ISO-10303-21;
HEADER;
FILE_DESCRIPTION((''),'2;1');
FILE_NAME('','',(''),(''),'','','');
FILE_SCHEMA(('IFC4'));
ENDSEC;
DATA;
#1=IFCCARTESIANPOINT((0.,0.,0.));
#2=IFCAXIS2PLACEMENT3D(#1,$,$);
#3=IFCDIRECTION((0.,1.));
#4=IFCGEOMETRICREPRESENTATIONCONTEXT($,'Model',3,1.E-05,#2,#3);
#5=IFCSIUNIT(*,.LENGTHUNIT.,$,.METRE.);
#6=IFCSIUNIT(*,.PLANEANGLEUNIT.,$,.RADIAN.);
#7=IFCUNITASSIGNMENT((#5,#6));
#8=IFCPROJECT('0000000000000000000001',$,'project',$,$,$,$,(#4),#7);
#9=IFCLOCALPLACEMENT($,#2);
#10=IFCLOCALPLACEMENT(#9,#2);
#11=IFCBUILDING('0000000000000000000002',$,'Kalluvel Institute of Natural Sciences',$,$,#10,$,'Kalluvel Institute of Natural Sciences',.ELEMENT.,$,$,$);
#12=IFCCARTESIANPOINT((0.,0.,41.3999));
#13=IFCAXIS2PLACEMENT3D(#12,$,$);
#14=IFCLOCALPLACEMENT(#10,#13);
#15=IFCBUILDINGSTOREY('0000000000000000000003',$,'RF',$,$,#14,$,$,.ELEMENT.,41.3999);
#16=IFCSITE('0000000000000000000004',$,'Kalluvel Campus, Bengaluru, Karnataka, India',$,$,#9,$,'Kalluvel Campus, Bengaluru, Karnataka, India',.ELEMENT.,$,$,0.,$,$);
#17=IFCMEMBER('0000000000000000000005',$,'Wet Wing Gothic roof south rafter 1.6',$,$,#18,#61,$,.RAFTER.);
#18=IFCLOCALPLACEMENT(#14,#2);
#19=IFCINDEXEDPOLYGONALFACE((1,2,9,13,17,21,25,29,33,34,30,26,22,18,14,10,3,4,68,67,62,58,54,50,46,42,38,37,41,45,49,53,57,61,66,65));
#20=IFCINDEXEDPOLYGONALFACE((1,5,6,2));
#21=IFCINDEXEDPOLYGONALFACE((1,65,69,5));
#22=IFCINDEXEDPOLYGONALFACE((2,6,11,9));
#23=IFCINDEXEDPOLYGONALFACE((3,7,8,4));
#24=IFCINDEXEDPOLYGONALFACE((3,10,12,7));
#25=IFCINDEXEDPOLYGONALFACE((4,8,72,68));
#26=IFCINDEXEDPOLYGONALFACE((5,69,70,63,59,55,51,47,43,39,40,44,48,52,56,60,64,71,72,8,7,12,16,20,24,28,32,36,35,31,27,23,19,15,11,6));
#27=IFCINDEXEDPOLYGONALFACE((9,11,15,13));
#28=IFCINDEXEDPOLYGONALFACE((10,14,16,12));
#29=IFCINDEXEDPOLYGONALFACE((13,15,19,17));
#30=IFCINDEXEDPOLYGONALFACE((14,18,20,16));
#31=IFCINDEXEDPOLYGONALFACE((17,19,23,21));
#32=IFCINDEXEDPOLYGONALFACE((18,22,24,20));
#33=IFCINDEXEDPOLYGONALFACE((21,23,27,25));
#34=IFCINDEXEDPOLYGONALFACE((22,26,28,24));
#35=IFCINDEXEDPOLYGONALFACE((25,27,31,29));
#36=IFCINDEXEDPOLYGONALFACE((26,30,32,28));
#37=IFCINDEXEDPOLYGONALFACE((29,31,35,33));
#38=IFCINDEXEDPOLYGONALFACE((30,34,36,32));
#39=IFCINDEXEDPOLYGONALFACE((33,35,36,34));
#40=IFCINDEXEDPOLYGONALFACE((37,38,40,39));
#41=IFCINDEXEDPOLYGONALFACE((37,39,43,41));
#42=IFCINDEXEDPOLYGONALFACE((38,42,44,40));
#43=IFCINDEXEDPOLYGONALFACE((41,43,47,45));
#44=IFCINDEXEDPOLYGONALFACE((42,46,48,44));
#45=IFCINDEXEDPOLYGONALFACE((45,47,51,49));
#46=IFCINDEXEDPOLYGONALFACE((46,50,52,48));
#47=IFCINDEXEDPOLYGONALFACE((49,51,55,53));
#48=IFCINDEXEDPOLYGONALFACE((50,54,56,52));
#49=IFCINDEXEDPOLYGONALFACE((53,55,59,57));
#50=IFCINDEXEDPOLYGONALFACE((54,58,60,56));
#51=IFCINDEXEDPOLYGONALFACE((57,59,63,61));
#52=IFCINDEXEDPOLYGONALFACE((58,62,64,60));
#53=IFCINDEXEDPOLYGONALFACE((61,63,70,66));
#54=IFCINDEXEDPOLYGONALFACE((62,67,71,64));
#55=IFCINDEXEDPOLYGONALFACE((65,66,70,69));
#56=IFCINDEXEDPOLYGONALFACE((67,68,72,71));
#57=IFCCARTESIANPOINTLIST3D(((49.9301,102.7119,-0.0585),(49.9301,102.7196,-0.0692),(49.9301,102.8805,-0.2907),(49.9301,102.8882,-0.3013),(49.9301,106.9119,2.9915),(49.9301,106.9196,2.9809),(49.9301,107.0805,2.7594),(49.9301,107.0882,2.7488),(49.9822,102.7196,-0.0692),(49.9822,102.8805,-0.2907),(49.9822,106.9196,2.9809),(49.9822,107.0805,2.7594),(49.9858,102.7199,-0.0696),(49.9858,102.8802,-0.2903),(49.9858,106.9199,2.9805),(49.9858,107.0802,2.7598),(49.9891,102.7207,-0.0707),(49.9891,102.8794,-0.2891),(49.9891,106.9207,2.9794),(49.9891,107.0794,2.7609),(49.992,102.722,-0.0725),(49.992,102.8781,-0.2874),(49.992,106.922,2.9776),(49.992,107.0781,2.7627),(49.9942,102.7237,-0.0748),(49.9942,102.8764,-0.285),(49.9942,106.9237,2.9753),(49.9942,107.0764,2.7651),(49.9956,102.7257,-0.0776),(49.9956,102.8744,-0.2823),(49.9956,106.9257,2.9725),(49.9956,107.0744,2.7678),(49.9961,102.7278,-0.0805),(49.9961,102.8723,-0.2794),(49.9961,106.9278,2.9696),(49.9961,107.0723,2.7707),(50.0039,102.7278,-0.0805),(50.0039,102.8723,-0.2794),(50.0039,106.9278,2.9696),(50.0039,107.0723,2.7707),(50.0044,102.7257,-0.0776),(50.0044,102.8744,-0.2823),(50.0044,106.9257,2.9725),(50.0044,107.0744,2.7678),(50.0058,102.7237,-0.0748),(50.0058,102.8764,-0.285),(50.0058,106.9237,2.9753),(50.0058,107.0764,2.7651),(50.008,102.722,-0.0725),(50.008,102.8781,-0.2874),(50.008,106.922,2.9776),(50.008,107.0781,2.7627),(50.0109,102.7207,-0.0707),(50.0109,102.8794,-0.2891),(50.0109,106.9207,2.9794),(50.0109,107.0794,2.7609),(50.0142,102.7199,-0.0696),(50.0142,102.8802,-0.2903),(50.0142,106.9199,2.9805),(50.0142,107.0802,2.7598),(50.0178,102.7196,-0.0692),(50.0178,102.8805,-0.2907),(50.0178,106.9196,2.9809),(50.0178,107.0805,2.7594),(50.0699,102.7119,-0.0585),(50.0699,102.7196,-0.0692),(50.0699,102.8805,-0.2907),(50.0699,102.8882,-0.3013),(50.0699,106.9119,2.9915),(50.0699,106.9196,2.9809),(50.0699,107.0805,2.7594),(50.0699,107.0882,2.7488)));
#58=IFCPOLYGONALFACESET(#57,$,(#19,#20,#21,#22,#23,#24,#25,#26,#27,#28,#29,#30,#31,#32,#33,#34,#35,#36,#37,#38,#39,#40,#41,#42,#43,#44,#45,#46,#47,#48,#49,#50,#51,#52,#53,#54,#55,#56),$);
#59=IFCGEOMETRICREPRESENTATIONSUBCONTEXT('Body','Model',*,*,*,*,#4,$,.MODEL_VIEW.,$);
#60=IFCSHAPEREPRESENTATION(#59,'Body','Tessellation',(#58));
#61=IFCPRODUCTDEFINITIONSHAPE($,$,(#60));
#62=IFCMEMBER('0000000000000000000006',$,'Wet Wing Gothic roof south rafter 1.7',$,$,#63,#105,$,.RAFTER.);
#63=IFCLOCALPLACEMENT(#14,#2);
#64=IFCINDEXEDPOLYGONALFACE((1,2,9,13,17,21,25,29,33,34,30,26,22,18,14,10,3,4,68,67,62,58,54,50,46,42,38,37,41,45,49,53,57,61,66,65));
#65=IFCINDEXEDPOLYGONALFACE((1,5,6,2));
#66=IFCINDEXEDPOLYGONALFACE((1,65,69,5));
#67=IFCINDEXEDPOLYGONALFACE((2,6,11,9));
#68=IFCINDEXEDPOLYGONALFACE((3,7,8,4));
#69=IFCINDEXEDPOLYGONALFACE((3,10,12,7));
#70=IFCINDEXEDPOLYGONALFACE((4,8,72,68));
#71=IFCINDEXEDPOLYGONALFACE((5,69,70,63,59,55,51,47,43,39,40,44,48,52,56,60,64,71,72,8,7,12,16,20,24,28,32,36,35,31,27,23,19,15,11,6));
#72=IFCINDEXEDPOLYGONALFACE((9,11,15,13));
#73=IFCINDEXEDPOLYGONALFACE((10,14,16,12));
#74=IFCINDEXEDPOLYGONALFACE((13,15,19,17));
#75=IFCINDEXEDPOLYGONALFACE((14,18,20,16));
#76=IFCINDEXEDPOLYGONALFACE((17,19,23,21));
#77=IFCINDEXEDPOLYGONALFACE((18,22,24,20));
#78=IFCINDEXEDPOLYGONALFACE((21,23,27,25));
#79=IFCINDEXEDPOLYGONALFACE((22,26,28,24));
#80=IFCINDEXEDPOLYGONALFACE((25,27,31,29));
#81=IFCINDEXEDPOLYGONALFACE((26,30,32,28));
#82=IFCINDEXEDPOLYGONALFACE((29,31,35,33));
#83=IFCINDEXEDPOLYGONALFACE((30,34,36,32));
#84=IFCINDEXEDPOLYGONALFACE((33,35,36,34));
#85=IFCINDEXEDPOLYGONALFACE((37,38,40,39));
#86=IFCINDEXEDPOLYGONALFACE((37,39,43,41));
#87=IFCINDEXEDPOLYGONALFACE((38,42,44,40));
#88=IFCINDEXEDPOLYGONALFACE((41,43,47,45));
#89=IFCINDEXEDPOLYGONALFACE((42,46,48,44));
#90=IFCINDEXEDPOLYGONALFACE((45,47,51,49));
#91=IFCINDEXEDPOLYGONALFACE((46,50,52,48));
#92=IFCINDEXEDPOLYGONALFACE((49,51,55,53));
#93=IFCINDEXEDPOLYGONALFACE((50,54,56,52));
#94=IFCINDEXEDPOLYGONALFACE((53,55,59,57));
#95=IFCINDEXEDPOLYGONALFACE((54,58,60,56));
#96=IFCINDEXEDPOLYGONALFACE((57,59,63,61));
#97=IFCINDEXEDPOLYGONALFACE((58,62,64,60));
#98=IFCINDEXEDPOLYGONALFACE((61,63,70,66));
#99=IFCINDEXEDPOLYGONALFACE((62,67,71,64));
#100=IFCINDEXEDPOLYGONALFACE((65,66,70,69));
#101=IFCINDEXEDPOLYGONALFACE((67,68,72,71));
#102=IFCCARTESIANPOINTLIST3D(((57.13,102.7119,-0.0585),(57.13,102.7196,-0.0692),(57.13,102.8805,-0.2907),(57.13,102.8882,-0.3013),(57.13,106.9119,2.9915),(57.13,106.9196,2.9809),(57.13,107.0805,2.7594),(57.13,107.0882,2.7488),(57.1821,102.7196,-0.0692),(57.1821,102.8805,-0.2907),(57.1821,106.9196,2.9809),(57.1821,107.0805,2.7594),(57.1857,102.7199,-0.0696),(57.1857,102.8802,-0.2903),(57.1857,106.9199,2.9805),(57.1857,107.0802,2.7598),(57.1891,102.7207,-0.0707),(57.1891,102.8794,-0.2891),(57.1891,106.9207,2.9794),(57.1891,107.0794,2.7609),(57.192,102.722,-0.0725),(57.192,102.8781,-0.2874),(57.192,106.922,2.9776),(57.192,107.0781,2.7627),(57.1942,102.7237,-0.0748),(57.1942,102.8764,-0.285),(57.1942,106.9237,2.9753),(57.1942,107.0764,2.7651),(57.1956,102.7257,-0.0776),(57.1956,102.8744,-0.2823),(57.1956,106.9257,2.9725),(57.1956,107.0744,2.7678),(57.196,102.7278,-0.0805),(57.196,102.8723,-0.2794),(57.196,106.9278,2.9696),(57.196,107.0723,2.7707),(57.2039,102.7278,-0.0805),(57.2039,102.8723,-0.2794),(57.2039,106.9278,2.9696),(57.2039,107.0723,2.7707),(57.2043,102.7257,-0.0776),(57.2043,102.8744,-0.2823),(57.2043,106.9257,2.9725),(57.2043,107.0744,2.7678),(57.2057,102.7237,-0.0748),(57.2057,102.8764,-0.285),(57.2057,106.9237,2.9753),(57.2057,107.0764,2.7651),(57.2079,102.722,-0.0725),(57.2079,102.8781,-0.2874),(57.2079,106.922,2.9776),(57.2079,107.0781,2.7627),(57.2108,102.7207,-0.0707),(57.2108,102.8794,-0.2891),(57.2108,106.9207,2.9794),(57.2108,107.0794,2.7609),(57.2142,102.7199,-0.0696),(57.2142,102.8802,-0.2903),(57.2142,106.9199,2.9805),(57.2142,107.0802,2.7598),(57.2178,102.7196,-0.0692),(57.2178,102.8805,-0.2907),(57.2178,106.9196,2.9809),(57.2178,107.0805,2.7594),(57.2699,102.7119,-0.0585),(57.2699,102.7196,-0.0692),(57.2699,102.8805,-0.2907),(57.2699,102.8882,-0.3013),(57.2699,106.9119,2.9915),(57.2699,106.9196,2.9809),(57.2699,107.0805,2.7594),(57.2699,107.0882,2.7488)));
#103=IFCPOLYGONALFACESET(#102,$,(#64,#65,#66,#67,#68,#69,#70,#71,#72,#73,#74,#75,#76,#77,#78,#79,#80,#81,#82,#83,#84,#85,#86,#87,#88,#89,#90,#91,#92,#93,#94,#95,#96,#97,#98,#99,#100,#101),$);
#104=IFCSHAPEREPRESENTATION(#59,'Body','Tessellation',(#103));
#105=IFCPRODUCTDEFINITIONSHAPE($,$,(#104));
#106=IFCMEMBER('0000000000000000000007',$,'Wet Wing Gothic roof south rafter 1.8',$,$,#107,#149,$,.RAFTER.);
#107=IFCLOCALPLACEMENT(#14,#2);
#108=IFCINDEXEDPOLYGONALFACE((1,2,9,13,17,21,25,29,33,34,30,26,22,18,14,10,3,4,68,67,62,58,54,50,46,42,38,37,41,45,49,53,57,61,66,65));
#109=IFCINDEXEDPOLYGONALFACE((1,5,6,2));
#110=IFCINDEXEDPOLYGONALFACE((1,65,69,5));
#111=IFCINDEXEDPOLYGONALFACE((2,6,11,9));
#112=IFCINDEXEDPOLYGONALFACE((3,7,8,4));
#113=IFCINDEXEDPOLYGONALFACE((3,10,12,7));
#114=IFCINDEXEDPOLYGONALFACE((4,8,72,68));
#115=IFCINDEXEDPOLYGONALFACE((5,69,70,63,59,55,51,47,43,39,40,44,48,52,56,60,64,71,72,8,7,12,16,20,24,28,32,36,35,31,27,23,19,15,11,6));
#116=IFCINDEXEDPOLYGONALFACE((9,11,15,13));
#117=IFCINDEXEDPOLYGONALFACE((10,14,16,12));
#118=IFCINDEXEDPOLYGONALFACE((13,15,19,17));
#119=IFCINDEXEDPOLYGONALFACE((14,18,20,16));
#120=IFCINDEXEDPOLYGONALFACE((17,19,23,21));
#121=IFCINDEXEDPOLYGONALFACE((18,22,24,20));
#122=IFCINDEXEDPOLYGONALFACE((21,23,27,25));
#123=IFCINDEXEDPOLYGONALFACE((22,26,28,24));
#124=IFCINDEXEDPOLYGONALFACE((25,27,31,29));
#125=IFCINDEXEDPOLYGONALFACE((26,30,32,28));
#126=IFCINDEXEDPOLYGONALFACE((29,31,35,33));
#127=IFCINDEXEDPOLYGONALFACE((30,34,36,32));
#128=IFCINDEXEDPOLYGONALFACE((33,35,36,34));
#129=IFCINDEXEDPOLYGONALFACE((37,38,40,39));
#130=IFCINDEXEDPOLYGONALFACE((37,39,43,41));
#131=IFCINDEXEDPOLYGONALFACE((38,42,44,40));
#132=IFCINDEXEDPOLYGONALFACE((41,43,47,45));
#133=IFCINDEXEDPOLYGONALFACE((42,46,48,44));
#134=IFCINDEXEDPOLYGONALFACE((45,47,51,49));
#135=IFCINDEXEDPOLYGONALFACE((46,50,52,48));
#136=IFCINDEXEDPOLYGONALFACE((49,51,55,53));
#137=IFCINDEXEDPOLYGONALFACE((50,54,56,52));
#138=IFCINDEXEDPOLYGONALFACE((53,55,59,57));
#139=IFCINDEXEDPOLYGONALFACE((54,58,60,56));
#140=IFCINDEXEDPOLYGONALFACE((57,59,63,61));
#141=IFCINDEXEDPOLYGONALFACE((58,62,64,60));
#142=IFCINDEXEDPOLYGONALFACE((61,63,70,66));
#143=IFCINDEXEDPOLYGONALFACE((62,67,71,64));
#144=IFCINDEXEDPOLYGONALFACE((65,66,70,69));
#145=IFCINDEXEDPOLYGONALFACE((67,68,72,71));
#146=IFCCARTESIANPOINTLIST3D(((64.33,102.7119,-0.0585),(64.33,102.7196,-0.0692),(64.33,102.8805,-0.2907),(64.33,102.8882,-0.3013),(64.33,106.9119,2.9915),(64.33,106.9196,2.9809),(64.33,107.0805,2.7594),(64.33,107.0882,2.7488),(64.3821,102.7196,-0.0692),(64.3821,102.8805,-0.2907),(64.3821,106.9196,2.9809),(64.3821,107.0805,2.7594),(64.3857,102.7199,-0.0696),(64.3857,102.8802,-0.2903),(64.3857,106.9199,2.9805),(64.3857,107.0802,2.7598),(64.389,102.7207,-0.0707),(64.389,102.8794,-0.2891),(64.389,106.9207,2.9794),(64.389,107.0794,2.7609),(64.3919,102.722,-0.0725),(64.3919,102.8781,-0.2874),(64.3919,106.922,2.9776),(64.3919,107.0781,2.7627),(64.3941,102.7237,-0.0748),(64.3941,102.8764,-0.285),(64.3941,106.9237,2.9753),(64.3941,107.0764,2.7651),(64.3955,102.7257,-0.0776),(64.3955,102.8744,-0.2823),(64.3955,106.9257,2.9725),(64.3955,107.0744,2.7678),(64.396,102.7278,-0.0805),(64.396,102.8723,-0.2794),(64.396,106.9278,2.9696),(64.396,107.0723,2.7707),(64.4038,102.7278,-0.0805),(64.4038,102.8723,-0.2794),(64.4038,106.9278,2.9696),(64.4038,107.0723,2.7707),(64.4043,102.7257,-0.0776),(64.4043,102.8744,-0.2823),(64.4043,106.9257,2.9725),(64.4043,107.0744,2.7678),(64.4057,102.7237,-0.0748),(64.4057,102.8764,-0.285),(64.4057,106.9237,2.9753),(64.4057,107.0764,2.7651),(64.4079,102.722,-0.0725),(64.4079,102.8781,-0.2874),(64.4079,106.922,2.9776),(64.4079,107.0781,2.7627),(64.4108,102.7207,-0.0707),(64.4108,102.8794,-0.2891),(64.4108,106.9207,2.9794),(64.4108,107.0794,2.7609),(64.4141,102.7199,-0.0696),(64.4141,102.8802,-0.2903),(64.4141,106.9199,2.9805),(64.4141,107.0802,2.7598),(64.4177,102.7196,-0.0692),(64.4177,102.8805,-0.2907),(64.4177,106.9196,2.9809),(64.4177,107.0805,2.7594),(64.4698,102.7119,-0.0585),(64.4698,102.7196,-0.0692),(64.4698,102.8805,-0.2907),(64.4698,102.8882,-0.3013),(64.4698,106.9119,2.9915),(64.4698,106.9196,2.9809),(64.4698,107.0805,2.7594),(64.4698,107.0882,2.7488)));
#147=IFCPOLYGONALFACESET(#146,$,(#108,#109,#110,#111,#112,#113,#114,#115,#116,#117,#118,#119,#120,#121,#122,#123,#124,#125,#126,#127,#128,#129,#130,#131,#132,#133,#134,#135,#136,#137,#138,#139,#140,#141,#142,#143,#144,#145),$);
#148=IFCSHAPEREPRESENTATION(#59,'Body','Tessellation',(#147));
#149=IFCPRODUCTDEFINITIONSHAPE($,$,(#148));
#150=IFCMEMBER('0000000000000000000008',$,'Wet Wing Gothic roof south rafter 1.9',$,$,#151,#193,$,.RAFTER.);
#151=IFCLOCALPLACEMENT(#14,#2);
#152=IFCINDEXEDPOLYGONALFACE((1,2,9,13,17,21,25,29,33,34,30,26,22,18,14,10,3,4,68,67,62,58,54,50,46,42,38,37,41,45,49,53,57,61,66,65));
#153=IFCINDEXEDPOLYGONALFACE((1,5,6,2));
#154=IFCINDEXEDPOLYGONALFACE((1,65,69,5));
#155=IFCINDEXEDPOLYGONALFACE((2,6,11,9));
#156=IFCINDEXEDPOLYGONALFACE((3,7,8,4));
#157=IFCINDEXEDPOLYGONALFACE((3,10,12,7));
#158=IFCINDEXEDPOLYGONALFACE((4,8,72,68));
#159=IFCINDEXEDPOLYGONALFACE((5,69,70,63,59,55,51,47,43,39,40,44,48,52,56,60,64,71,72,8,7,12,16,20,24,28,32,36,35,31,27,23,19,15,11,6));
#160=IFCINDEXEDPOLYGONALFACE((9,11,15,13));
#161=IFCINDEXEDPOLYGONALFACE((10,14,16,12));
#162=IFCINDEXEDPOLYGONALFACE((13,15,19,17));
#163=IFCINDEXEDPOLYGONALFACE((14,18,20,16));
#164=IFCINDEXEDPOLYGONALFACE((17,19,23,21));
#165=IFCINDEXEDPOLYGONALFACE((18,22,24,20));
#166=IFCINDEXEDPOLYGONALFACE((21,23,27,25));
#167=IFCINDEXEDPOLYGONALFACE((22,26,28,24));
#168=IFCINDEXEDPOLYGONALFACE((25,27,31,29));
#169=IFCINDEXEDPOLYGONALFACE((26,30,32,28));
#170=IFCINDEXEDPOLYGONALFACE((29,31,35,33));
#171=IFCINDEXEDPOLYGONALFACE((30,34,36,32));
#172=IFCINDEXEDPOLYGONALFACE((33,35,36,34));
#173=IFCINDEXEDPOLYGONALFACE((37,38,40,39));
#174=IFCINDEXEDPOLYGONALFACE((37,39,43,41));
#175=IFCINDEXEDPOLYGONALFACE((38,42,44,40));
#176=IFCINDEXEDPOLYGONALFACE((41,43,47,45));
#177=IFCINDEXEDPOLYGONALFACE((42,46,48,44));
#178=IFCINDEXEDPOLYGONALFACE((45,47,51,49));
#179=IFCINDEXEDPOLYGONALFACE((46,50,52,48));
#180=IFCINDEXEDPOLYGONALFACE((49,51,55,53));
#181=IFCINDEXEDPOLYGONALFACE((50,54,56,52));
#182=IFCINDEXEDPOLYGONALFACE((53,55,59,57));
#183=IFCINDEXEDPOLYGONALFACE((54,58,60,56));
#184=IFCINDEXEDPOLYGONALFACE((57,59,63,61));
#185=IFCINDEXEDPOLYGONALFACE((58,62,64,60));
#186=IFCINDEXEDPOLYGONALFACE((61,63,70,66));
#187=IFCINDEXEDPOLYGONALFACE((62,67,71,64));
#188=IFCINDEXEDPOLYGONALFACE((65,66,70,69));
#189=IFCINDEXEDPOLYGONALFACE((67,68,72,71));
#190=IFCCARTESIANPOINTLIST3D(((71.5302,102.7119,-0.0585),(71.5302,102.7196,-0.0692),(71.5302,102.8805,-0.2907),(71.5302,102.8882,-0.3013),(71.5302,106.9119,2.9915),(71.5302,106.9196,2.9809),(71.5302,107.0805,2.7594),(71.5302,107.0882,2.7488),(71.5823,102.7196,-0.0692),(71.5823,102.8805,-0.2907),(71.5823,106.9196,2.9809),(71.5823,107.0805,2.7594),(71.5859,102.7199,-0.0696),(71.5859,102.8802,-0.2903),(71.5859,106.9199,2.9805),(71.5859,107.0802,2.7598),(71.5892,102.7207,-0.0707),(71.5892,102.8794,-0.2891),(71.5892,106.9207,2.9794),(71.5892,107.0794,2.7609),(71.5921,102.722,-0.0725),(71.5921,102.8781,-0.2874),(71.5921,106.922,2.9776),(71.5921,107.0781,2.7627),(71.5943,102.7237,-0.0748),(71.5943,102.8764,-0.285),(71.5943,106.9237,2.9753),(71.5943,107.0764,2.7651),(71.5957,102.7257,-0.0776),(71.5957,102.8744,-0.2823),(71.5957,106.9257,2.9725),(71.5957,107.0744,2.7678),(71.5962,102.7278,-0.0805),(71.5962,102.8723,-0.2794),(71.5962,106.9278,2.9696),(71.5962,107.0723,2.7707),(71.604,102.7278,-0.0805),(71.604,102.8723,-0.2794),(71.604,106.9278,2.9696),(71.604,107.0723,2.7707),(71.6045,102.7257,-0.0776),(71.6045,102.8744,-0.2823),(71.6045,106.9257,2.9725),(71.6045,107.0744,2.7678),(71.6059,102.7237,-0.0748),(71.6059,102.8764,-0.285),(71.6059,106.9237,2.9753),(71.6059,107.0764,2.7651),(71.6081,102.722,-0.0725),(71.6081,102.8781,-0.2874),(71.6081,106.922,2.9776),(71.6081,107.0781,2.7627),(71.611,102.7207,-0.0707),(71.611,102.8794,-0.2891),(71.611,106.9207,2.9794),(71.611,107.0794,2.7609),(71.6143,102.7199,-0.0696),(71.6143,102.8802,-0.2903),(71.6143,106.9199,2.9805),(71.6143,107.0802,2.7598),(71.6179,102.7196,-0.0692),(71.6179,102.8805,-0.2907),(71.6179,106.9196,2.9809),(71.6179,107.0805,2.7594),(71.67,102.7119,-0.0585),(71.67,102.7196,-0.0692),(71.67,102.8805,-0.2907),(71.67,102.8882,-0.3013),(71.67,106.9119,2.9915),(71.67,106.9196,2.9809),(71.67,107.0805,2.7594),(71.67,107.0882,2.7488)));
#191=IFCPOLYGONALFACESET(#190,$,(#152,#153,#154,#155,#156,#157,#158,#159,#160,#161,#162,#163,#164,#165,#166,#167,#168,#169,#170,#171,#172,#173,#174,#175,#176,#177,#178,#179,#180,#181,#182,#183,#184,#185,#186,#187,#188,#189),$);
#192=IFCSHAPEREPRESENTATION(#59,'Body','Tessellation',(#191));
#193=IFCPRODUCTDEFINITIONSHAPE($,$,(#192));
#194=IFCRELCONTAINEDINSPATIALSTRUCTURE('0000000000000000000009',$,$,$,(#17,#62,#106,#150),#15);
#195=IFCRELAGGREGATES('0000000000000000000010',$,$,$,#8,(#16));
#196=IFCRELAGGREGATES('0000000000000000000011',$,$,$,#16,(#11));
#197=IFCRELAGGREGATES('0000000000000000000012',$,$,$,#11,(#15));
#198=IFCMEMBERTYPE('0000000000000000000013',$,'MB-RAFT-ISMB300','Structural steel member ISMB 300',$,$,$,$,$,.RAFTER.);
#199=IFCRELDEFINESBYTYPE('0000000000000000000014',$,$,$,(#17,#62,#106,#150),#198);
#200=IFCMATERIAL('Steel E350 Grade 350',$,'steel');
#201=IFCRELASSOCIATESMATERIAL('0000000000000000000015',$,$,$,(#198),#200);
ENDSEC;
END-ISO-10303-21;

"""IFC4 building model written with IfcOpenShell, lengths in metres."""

from ifc_helpers import new_model, si_unit, direction, frame, origin, origin_2d, place, context, subcontext, project, spatial, i_section, extrude, material, material_profile, profile_set, type_object, element, save


model = new_model("IFC4")

# Units and contexts
model_context = context("Model", 3, precision=1e-05, world=origin(), true_north=direction((0.0, 1.0)))
body_context = subcontext(model_context, "Body", "Model", "MODEL_VIEW")
ifc_project = project(units=[si_unit("LENGTHUNIT", "METRE"), si_unit("PLANEANGLEUNIT", "RADIAN")], contexts=[model_context])

# Site, building, storey
site_placement = place(None, origin())
site = spatial("IfcSite", under=ifc_project, at=site_placement, Name="Kalluvel Campus, Bengaluru, Karnataka, India", LongName="Kalluvel Campus, Bengaluru, Karnataka, India", CompositionType="ELEMENT", RefElevation=0.0)
building_placement = place(site_placement, origin())
building = spatial("IfcBuilding", under=site, at=building_placement, Name="Kalluvel Institute of Natural Sciences", LongName="Kalluvel Institute of Natural Sciences", CompositionType="ELEMENT")
storey_placement = place(building_placement, frame((0.0, 0.0, 41.3999)))
storey = spatial("IfcBuildingStorey", under=building, at=storey_placement, Name="RF", CompositionType="ELEMENT", Elevation=41.3999)

# Shared definitions
ifc_material_1 = material(Name="Steel E350 Grade 350", Category="steel")

# Members
ifc_material_profile_1 = material_profile(ifc_material_1, i_section(OverallWidth=0.1399, OverallDepth=0.3, WebThickness=0.0078, FlangeThickness=0.0132, FilletRadius=0.0139, at=origin_2d()), Name="ISMB 300")
ifc_profile_set_1 = profile_set([ifc_material_profile_1], Name="Steel E350 Grade 350")
member_type = type_object("IfcMemberType", Name="MB-RAFT-ISMB300", Description="Structural steel member ISMB 300", PredefinedType="RAFTER", material=ifc_profile_set_1)
for number, where, z_axis, x_axis, name in (
    (1, (50.0, 102.8, -0.1799), (0.0, 0.809145, 0.587609), (-1.0, 0.0, 0.0), "Wet Wing Gothic roof south rafter 1.6"),
    (2, (57.2, 102.8, -0.1799), (0.0, 0.809145, 0.587609), (-1.0, 0.0, 0.0), "Wet Wing Gothic roof south rafter 1.7"),
    (3, (64.3999, 102.8, -0.1799), (0.0, 0.809145, 0.587609), (-1.0, 0.0, 0.0), "Wet Wing Gothic roof south rafter 1.8"),
    (4, (71.6001, 102.8, -0.1799), (0.0, 0.809145, 0.587609), (-1.0, 0.0, 0.0), "Wet Wing Gothic roof south rafter 1.9"),
):
    element("IfcMember", number, at=place(storey_placement, frame(where, z_axis=z_axis, x_axis=x_axis)), inside=storey, type_object=member_type, Name=name, PredefinedType="RAFTER", context=body_context, shape_type="SweptSolid", body=[
        extrude(i_section(OverallWidth=0.1399, OverallDepth=0.3, WebThickness=0.0078, FlangeThickness=0.0132, FilletRadius=0.0139, at=origin_2d()), origin(), (0.0, 0.0, 1.0), 5.1907),
    ])

save(model, "model.ifc")
